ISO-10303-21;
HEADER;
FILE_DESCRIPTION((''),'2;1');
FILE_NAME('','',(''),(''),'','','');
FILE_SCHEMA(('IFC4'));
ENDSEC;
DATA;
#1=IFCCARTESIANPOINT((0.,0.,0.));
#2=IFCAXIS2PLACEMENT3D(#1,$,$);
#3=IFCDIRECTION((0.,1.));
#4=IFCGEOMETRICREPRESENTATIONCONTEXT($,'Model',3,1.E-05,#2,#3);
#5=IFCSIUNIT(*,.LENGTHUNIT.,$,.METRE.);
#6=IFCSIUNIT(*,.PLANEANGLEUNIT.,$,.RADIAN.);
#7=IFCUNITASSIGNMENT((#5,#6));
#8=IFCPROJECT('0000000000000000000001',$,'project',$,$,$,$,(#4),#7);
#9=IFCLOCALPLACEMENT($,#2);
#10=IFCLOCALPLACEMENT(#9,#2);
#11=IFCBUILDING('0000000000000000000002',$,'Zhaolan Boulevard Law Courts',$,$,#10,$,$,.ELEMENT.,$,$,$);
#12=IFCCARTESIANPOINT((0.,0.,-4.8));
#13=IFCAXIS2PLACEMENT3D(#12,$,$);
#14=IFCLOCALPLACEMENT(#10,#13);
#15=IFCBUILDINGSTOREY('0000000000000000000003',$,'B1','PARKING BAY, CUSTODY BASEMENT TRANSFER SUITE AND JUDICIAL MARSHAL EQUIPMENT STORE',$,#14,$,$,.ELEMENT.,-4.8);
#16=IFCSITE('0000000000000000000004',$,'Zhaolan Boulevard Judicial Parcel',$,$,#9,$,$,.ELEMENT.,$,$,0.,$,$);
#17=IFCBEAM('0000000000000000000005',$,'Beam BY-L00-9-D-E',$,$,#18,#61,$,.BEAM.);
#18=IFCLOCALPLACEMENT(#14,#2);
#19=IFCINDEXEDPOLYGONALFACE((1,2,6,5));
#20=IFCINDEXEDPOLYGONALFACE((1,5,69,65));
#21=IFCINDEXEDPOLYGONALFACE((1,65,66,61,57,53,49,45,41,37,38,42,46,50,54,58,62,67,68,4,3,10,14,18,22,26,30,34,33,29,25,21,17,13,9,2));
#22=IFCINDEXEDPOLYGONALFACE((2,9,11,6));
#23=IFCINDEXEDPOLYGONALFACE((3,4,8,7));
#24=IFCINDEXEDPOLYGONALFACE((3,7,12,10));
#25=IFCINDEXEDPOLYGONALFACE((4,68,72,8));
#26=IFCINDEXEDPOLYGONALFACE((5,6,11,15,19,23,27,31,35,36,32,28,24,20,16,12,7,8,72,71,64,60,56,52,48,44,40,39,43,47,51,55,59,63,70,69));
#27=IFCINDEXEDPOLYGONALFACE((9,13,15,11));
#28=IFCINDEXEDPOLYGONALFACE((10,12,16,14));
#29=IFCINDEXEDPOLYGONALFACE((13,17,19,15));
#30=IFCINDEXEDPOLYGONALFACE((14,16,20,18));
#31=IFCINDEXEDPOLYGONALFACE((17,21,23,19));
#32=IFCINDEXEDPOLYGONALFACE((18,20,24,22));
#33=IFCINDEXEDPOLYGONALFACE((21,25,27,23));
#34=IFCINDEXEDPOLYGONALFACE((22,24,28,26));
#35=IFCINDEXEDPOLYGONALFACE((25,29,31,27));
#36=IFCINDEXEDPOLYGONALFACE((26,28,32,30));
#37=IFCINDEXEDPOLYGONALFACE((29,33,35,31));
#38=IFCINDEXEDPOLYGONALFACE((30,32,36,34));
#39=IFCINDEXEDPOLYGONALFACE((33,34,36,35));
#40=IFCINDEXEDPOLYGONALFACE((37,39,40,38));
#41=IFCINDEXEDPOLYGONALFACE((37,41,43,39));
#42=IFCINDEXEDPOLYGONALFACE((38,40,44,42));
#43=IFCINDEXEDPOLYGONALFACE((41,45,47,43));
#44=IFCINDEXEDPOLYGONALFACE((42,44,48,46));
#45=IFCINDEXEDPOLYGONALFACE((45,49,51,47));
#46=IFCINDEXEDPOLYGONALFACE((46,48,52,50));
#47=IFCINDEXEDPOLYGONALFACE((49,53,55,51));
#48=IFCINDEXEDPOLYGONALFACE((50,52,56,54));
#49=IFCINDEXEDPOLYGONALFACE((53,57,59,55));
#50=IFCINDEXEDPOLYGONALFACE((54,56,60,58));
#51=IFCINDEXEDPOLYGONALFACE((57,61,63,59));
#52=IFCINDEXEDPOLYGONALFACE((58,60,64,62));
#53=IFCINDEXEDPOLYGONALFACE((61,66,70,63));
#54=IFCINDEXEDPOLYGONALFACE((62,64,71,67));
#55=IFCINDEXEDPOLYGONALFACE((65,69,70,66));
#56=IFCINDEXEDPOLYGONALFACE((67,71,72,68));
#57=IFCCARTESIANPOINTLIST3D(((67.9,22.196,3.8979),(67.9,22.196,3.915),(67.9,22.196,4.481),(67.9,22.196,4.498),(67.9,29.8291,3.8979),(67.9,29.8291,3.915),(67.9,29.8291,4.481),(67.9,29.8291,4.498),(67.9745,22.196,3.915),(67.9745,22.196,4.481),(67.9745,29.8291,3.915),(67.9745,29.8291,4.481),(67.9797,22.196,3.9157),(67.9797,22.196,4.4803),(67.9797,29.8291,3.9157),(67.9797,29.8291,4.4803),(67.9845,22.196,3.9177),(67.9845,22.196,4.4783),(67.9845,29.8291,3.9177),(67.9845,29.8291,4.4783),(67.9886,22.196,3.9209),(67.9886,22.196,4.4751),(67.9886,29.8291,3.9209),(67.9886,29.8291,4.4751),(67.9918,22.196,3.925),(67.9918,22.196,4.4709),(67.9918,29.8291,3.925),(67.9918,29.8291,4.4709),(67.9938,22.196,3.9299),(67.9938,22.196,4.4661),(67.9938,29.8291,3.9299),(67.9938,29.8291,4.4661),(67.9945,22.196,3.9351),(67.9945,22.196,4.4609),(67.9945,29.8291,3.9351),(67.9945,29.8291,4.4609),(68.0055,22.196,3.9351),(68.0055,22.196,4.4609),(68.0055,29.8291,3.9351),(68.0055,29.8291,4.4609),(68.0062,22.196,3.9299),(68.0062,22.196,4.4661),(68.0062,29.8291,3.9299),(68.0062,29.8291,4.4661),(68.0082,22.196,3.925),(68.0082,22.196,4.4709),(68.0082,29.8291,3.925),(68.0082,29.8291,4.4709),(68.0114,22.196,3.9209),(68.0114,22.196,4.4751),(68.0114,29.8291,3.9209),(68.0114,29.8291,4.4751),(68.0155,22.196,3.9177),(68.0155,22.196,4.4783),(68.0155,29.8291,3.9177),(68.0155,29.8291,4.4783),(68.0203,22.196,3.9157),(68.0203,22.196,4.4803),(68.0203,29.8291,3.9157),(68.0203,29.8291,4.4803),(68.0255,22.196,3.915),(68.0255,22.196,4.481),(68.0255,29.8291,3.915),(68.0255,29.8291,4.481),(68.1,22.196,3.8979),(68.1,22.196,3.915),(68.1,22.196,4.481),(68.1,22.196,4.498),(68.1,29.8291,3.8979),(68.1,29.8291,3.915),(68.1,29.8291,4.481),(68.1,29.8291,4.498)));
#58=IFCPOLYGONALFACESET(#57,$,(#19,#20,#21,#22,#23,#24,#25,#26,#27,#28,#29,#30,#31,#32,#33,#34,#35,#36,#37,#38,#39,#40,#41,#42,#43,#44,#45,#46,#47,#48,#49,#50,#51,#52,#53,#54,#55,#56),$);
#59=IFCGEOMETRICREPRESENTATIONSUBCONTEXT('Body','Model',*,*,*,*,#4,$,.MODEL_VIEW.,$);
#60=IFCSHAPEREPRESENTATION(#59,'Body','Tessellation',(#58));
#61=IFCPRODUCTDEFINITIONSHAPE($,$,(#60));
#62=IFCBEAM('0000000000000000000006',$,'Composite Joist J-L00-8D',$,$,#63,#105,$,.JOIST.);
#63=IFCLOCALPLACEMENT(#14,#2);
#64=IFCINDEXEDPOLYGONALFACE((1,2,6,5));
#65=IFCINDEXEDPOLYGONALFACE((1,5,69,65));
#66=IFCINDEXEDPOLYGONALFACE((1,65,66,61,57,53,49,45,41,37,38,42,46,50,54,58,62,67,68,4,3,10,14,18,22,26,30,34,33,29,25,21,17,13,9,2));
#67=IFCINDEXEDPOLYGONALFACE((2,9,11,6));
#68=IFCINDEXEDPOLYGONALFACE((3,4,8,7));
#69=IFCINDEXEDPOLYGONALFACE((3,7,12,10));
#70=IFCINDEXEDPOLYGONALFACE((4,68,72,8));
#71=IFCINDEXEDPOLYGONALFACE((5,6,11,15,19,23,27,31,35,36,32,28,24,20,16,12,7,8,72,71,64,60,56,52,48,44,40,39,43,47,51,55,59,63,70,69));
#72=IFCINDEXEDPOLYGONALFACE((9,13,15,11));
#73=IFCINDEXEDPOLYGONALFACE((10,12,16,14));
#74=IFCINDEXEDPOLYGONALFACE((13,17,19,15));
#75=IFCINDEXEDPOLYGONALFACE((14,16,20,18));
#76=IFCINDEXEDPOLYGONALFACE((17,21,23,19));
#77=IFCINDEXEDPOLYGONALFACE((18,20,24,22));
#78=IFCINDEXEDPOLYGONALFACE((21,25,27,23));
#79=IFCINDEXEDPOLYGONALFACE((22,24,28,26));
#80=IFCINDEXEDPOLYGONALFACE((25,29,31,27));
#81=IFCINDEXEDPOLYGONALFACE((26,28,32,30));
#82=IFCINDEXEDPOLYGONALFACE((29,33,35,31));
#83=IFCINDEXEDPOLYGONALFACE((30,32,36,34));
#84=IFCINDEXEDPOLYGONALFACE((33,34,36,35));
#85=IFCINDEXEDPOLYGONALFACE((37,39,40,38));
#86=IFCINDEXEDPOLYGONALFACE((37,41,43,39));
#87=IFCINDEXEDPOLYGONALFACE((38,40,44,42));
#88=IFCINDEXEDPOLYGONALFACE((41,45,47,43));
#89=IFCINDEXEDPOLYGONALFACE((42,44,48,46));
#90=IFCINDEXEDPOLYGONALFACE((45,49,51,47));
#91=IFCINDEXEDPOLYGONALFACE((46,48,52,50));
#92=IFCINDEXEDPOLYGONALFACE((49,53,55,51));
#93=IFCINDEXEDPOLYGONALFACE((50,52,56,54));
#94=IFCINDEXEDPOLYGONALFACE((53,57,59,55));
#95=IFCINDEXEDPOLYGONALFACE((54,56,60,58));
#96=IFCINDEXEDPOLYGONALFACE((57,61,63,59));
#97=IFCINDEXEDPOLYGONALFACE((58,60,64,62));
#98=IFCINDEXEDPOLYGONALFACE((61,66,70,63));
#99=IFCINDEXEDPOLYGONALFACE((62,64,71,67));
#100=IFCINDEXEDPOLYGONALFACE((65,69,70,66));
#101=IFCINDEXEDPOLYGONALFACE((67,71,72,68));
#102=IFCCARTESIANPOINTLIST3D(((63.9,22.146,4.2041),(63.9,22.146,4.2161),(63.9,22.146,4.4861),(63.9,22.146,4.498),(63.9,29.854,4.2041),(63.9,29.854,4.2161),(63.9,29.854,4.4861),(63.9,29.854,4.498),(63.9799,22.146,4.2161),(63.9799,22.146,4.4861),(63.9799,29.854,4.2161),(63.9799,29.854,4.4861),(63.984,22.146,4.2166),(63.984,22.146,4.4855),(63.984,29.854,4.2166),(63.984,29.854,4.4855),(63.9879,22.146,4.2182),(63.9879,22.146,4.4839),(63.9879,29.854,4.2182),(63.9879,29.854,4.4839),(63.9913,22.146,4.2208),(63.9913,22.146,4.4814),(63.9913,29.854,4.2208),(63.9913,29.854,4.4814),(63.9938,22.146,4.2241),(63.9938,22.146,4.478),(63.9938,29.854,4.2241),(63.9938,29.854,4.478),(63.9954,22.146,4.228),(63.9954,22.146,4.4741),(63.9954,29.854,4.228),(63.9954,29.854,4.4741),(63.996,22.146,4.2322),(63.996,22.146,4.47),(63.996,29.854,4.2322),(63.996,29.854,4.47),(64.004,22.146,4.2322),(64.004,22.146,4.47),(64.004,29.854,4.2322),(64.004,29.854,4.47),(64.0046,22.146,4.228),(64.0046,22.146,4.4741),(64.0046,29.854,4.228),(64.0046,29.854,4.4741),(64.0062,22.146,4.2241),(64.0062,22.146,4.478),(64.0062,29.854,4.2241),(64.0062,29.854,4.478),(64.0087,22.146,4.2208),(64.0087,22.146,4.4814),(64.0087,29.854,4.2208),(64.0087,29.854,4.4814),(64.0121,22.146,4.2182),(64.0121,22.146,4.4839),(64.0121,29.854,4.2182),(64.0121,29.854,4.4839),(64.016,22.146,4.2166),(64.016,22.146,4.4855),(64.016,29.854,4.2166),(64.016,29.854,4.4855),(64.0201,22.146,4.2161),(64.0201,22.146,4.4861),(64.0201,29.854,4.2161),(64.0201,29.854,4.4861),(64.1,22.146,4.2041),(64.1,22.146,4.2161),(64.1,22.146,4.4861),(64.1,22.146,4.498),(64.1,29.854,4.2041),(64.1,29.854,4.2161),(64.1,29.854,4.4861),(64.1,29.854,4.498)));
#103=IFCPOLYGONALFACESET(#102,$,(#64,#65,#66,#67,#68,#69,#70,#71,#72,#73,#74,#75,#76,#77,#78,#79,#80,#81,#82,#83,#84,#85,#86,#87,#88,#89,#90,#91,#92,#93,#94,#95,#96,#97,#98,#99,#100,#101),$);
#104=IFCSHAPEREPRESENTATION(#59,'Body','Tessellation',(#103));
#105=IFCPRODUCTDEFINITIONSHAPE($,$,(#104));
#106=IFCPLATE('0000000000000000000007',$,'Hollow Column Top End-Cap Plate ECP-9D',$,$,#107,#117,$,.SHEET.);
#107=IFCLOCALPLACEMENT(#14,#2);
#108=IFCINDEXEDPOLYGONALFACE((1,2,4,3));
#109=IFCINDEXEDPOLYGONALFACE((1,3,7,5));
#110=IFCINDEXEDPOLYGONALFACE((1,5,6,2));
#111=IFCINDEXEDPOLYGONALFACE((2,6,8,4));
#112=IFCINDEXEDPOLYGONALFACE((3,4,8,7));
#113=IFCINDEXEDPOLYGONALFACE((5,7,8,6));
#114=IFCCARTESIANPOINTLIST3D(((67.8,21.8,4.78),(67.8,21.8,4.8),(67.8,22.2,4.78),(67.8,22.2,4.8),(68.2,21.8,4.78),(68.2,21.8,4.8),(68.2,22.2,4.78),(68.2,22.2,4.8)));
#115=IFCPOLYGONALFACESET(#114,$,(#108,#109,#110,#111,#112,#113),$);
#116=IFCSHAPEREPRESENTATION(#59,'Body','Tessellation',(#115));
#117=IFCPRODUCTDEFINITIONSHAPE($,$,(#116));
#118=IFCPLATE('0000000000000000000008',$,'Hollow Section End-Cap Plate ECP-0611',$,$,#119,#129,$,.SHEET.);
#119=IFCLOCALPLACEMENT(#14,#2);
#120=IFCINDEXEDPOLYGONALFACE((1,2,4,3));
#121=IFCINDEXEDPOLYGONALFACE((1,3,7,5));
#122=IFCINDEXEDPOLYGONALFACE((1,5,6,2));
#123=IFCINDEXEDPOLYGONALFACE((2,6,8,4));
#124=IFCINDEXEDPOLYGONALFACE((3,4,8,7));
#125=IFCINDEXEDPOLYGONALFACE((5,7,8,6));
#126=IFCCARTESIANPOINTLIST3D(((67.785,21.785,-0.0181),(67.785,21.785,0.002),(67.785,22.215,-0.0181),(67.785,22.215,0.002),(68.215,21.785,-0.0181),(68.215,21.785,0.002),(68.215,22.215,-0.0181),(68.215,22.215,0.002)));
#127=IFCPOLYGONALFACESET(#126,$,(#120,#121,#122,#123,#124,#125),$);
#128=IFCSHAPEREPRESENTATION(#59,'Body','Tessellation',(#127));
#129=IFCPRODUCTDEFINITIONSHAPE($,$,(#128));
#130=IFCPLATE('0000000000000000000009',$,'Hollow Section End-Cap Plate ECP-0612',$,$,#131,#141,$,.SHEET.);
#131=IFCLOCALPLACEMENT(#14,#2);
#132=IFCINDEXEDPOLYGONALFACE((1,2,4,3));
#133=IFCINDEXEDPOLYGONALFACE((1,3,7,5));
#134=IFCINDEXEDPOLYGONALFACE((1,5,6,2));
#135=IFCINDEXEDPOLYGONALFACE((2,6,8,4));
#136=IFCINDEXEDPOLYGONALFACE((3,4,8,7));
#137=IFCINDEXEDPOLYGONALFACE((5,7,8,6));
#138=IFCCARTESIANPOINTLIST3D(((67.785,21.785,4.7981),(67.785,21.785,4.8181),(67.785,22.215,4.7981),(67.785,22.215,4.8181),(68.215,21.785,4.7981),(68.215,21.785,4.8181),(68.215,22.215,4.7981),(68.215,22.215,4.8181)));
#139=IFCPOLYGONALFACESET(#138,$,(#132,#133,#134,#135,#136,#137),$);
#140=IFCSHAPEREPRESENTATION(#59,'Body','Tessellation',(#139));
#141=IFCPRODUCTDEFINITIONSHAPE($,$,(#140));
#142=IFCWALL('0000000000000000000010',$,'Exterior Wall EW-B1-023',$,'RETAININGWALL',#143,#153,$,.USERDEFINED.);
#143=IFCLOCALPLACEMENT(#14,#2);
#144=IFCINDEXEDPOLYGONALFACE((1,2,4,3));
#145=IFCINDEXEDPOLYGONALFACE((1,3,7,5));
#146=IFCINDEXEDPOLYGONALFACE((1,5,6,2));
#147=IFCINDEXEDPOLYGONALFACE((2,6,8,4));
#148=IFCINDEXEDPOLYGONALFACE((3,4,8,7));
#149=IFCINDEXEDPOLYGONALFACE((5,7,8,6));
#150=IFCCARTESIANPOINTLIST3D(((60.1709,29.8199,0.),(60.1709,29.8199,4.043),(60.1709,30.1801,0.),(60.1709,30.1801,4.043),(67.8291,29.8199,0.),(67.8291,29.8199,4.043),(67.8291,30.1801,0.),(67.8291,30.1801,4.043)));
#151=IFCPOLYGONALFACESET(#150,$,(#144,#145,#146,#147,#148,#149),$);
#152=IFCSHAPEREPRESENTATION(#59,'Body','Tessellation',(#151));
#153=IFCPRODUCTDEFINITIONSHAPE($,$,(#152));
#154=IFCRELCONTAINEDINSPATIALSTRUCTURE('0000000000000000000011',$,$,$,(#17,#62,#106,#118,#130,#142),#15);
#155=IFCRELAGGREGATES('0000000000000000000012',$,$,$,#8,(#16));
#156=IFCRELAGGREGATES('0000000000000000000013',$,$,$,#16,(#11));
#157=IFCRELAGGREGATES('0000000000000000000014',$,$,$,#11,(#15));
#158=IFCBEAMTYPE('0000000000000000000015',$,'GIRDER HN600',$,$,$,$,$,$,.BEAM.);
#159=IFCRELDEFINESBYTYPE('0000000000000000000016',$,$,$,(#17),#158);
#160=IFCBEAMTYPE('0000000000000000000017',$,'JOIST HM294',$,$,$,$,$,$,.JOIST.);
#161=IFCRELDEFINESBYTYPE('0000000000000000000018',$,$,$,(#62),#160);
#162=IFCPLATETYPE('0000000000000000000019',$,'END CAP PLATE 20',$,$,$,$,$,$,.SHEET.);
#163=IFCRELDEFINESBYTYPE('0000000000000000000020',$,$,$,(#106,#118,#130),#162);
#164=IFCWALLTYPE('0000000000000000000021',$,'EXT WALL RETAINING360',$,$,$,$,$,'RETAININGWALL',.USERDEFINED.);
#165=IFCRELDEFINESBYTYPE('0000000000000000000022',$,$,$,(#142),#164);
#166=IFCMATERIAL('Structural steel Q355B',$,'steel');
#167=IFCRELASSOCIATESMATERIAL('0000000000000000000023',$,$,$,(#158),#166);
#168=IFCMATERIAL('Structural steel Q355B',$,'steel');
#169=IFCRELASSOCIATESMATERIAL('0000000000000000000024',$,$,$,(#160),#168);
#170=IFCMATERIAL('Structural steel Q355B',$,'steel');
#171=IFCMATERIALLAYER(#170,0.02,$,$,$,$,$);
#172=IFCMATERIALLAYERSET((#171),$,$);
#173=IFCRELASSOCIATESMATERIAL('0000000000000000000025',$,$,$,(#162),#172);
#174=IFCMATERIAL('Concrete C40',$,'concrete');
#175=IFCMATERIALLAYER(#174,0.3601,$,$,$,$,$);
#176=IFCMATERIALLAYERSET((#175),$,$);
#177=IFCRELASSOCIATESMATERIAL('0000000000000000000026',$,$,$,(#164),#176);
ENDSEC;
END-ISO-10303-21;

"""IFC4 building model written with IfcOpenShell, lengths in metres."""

from ifc_helpers import new_model, si_unit, direction, frame, frame_2d, origin, origin_2d, place, context, subcontext, project, spatial, rectangle, i_section, extrude, material, layer, layer_set, material_profile, profile_set, type_object, element, save


model = new_model("IFC4")

# Units and contexts
model_context = context("Model", 3, precision=1e-05, world=origin(), true_north=direction((0.0, 1.0)))
body_context = subcontext(model_context, "Body", "Model", "MODEL_VIEW")
ifc_project = project(units=[si_unit("LENGTHUNIT", "METRE"), si_unit("PLANEANGLEUNIT", "RADIAN")], contexts=[model_context])

# Site, building, storey
site_placement = place(None, origin())
site = spatial("IfcSite", under=ifc_project, at=site_placement, Name="Zhaolan Boulevard Judicial Parcel", CompositionType="ELEMENT", RefElevation=0.0)
building_placement = place(site_placement, origin())
building = spatial("IfcBuilding", under=site, at=building_placement, Name="Zhaolan Boulevard Law Courts", CompositionType="ELEMENT")
storey_placement = place(building_placement, frame((0.0, 0.0, -4.8)))
storey = spatial("IfcBuildingStorey", under=building, at=storey_placement, Name="B1", Description="PARKING BAY, CUSTODY BASEMENT TRANSFER SUITE AND JUDICIAL MARSHAL EQUIPMENT STORE", CompositionType="ELEMENT", Elevation=-4.8)

# Beams
ifc_material_1 = material(Name="Structural steel Q355B", Category="steel")
ifc_material_profile_1 = material_profile(ifc_material_1, i_section(OverallWidth=0.2, OverallDepth=0.6001, WebThickness=0.011, FlangeThickness=0.0171, FilletRadius=0.02, at=origin_2d()), Name="HN600x200")
ifc_profile_set_1 = profile_set([ifc_material_profile_1], Name="Structural steel Q355B")
beam_type_1 = type_object("IfcBeamType", Name="GIRDER HN600", PredefinedType="BEAM", material=ifc_profile_set_1)
for number, where, z_axis, x_axis, name in (
    (1, (68.0, 22.196, 4.198), (0.0, 1.0, 0.0), (-1.0, 0.0, 0.0), "Beam BY-L00-9-D-E"),
):
    element("IfcBeam", number, at=place(storey_placement, frame(where, z_axis=z_axis, x_axis=x_axis)), inside=storey, type_object=beam_type_1, Name=name, PredefinedType="BEAM", context=body_context, shape_type="SweptSolid", body=[
        extrude(i_section(OverallWidth=0.2, OverallDepth=0.6001, WebThickness=0.011, FlangeThickness=0.0171, FilletRadius=0.02, at=origin_2d()), origin(), (0.0, 0.0, 1.0), 7.6331),
    ])
ifc_material_2 = material(Name="Structural steel Q355B", Category="steel")
ifc_material_profile_2 = material_profile(ifc_material_2, i_section(OverallWidth=0.2, OverallDepth=0.2939, WebThickness=0.0081, FlangeThickness=0.012, FilletRadius=0.0161, at=origin_2d()), Name="HM294x200")
ifc_profile_set_2 = profile_set([ifc_material_profile_2], Name="Structural steel Q355B")
beam_type_2 = type_object("IfcBeamType", Name="JOIST HM294", PredefinedType="JOIST", material=ifc_profile_set_2)
beam_placement = place(storey_placement, frame((64.0, 22.146, 4.3511), z_axis=(0.0, 1.0, 0.0), x_axis=(-1.0, 0.0, 0.0)))
element("IfcBeam", 2, at=beam_placement, inside=storey, type_object=beam_type_2, Name="Composite Joist J-L00-8D", PredefinedType="JOIST", context=body_context, shape_type="SweptSolid", body=[
    extrude(i_section(OverallWidth=0.2, OverallDepth=0.2939, WebThickness=0.0081, FlangeThickness=0.012, FilletRadius=0.0161, at=origin_2d()), origin(), (0.0, 0.0, 1.0), 7.708),
])

# Plates
ifc_material_3 = material(Name="Structural steel Q355B", Category="steel")
ifc_layer_1 = layer(ifc_material_3, 0.02)
ifc_layer_set_1 = layer_set([ifc_layer_1])
plate_type = type_object("IfcPlateType", Name="END CAP PLATE 20", PredefinedType="SHEET", material=ifc_layer_set_1)
plate_placement = place(storey_placement, frame((68.0, 22.0, 4.78), z_axis=(0.0, 0.0, 1.0), x_axis=(1.0, 0.0, 0.0)))
element("IfcPlate", 3, at=plate_placement, inside=storey, type_object=plate_type, Name="Hollow Column Top End-Cap Plate ECP-9D", PredefinedType="SHEET", context=body_context, shape_type="SweptSolid", body=[
    extrude(rectangle(XDim=0.3999, YDim=0.3999, at=origin_2d()), origin(), (0.0, 0.0, 1.0), 0.02),
])
for number, where, z_axis, x_axis, name in (
    (4, (68.0, 22.0, -0.0181), (0.0, 0.0, 1.0), (1.0, 0.0, 0.0), "Hollow Section End-Cap Plate ECP-0611"),
    (5, (68.0, 22.0, 4.7981), (0.0, 0.0, 1.0), (1.0, 0.0, 0.0), "Hollow Section End-Cap Plate ECP-0612"),
):
    element("IfcPlate", number, at=place(storey_placement, frame(where, z_axis=z_axis, x_axis=x_axis)), inside=storey, type_object=plate_type, Name=name, PredefinedType="SHEET", context=body_context, shape_type="SweptSolid", body=[
        extrude(rectangle(XDim=0.4299, YDim=0.4299, at=origin_2d()), origin(), (0.0, 0.0, 1.0), 0.02),
    ])

# Wall
ifc_material_4 = material(Name="Concrete C40", Category="concrete")
ifc_layer_2 = layer(ifc_material_4, 0.3601)
ifc_layer_set_2 = layer_set([ifc_layer_2])
wall_type = type_object("IfcWallType", Name="EXT WALL RETAINING360", ElementType="RETAININGWALL", PredefinedType="USERDEFINED", material=ifc_layer_set_2)
wall_placement = place(storey_placement, frame((67.8291, 30.0, 0.0), z_axis=(0.0, 0.0, 1.0), x_axis=(-1.0, 0.0, 0.0)))
element("IfcWall", 6, at=wall_placement, inside=storey, type_object=wall_type, Name="Exterior Wall EW-B1-023", ObjectType="RETAININGWALL", PredefinedType="USERDEFINED", context=body_context, shape_type="SweptSolid", body=[
    extrude(rectangle(XDim=7.6582, YDim=0.3601, at=frame_2d((3.8291, 0.0))), origin(), (0.0, 0.0, 1.0), 4.043),
])

save(model, "model.ifc")
